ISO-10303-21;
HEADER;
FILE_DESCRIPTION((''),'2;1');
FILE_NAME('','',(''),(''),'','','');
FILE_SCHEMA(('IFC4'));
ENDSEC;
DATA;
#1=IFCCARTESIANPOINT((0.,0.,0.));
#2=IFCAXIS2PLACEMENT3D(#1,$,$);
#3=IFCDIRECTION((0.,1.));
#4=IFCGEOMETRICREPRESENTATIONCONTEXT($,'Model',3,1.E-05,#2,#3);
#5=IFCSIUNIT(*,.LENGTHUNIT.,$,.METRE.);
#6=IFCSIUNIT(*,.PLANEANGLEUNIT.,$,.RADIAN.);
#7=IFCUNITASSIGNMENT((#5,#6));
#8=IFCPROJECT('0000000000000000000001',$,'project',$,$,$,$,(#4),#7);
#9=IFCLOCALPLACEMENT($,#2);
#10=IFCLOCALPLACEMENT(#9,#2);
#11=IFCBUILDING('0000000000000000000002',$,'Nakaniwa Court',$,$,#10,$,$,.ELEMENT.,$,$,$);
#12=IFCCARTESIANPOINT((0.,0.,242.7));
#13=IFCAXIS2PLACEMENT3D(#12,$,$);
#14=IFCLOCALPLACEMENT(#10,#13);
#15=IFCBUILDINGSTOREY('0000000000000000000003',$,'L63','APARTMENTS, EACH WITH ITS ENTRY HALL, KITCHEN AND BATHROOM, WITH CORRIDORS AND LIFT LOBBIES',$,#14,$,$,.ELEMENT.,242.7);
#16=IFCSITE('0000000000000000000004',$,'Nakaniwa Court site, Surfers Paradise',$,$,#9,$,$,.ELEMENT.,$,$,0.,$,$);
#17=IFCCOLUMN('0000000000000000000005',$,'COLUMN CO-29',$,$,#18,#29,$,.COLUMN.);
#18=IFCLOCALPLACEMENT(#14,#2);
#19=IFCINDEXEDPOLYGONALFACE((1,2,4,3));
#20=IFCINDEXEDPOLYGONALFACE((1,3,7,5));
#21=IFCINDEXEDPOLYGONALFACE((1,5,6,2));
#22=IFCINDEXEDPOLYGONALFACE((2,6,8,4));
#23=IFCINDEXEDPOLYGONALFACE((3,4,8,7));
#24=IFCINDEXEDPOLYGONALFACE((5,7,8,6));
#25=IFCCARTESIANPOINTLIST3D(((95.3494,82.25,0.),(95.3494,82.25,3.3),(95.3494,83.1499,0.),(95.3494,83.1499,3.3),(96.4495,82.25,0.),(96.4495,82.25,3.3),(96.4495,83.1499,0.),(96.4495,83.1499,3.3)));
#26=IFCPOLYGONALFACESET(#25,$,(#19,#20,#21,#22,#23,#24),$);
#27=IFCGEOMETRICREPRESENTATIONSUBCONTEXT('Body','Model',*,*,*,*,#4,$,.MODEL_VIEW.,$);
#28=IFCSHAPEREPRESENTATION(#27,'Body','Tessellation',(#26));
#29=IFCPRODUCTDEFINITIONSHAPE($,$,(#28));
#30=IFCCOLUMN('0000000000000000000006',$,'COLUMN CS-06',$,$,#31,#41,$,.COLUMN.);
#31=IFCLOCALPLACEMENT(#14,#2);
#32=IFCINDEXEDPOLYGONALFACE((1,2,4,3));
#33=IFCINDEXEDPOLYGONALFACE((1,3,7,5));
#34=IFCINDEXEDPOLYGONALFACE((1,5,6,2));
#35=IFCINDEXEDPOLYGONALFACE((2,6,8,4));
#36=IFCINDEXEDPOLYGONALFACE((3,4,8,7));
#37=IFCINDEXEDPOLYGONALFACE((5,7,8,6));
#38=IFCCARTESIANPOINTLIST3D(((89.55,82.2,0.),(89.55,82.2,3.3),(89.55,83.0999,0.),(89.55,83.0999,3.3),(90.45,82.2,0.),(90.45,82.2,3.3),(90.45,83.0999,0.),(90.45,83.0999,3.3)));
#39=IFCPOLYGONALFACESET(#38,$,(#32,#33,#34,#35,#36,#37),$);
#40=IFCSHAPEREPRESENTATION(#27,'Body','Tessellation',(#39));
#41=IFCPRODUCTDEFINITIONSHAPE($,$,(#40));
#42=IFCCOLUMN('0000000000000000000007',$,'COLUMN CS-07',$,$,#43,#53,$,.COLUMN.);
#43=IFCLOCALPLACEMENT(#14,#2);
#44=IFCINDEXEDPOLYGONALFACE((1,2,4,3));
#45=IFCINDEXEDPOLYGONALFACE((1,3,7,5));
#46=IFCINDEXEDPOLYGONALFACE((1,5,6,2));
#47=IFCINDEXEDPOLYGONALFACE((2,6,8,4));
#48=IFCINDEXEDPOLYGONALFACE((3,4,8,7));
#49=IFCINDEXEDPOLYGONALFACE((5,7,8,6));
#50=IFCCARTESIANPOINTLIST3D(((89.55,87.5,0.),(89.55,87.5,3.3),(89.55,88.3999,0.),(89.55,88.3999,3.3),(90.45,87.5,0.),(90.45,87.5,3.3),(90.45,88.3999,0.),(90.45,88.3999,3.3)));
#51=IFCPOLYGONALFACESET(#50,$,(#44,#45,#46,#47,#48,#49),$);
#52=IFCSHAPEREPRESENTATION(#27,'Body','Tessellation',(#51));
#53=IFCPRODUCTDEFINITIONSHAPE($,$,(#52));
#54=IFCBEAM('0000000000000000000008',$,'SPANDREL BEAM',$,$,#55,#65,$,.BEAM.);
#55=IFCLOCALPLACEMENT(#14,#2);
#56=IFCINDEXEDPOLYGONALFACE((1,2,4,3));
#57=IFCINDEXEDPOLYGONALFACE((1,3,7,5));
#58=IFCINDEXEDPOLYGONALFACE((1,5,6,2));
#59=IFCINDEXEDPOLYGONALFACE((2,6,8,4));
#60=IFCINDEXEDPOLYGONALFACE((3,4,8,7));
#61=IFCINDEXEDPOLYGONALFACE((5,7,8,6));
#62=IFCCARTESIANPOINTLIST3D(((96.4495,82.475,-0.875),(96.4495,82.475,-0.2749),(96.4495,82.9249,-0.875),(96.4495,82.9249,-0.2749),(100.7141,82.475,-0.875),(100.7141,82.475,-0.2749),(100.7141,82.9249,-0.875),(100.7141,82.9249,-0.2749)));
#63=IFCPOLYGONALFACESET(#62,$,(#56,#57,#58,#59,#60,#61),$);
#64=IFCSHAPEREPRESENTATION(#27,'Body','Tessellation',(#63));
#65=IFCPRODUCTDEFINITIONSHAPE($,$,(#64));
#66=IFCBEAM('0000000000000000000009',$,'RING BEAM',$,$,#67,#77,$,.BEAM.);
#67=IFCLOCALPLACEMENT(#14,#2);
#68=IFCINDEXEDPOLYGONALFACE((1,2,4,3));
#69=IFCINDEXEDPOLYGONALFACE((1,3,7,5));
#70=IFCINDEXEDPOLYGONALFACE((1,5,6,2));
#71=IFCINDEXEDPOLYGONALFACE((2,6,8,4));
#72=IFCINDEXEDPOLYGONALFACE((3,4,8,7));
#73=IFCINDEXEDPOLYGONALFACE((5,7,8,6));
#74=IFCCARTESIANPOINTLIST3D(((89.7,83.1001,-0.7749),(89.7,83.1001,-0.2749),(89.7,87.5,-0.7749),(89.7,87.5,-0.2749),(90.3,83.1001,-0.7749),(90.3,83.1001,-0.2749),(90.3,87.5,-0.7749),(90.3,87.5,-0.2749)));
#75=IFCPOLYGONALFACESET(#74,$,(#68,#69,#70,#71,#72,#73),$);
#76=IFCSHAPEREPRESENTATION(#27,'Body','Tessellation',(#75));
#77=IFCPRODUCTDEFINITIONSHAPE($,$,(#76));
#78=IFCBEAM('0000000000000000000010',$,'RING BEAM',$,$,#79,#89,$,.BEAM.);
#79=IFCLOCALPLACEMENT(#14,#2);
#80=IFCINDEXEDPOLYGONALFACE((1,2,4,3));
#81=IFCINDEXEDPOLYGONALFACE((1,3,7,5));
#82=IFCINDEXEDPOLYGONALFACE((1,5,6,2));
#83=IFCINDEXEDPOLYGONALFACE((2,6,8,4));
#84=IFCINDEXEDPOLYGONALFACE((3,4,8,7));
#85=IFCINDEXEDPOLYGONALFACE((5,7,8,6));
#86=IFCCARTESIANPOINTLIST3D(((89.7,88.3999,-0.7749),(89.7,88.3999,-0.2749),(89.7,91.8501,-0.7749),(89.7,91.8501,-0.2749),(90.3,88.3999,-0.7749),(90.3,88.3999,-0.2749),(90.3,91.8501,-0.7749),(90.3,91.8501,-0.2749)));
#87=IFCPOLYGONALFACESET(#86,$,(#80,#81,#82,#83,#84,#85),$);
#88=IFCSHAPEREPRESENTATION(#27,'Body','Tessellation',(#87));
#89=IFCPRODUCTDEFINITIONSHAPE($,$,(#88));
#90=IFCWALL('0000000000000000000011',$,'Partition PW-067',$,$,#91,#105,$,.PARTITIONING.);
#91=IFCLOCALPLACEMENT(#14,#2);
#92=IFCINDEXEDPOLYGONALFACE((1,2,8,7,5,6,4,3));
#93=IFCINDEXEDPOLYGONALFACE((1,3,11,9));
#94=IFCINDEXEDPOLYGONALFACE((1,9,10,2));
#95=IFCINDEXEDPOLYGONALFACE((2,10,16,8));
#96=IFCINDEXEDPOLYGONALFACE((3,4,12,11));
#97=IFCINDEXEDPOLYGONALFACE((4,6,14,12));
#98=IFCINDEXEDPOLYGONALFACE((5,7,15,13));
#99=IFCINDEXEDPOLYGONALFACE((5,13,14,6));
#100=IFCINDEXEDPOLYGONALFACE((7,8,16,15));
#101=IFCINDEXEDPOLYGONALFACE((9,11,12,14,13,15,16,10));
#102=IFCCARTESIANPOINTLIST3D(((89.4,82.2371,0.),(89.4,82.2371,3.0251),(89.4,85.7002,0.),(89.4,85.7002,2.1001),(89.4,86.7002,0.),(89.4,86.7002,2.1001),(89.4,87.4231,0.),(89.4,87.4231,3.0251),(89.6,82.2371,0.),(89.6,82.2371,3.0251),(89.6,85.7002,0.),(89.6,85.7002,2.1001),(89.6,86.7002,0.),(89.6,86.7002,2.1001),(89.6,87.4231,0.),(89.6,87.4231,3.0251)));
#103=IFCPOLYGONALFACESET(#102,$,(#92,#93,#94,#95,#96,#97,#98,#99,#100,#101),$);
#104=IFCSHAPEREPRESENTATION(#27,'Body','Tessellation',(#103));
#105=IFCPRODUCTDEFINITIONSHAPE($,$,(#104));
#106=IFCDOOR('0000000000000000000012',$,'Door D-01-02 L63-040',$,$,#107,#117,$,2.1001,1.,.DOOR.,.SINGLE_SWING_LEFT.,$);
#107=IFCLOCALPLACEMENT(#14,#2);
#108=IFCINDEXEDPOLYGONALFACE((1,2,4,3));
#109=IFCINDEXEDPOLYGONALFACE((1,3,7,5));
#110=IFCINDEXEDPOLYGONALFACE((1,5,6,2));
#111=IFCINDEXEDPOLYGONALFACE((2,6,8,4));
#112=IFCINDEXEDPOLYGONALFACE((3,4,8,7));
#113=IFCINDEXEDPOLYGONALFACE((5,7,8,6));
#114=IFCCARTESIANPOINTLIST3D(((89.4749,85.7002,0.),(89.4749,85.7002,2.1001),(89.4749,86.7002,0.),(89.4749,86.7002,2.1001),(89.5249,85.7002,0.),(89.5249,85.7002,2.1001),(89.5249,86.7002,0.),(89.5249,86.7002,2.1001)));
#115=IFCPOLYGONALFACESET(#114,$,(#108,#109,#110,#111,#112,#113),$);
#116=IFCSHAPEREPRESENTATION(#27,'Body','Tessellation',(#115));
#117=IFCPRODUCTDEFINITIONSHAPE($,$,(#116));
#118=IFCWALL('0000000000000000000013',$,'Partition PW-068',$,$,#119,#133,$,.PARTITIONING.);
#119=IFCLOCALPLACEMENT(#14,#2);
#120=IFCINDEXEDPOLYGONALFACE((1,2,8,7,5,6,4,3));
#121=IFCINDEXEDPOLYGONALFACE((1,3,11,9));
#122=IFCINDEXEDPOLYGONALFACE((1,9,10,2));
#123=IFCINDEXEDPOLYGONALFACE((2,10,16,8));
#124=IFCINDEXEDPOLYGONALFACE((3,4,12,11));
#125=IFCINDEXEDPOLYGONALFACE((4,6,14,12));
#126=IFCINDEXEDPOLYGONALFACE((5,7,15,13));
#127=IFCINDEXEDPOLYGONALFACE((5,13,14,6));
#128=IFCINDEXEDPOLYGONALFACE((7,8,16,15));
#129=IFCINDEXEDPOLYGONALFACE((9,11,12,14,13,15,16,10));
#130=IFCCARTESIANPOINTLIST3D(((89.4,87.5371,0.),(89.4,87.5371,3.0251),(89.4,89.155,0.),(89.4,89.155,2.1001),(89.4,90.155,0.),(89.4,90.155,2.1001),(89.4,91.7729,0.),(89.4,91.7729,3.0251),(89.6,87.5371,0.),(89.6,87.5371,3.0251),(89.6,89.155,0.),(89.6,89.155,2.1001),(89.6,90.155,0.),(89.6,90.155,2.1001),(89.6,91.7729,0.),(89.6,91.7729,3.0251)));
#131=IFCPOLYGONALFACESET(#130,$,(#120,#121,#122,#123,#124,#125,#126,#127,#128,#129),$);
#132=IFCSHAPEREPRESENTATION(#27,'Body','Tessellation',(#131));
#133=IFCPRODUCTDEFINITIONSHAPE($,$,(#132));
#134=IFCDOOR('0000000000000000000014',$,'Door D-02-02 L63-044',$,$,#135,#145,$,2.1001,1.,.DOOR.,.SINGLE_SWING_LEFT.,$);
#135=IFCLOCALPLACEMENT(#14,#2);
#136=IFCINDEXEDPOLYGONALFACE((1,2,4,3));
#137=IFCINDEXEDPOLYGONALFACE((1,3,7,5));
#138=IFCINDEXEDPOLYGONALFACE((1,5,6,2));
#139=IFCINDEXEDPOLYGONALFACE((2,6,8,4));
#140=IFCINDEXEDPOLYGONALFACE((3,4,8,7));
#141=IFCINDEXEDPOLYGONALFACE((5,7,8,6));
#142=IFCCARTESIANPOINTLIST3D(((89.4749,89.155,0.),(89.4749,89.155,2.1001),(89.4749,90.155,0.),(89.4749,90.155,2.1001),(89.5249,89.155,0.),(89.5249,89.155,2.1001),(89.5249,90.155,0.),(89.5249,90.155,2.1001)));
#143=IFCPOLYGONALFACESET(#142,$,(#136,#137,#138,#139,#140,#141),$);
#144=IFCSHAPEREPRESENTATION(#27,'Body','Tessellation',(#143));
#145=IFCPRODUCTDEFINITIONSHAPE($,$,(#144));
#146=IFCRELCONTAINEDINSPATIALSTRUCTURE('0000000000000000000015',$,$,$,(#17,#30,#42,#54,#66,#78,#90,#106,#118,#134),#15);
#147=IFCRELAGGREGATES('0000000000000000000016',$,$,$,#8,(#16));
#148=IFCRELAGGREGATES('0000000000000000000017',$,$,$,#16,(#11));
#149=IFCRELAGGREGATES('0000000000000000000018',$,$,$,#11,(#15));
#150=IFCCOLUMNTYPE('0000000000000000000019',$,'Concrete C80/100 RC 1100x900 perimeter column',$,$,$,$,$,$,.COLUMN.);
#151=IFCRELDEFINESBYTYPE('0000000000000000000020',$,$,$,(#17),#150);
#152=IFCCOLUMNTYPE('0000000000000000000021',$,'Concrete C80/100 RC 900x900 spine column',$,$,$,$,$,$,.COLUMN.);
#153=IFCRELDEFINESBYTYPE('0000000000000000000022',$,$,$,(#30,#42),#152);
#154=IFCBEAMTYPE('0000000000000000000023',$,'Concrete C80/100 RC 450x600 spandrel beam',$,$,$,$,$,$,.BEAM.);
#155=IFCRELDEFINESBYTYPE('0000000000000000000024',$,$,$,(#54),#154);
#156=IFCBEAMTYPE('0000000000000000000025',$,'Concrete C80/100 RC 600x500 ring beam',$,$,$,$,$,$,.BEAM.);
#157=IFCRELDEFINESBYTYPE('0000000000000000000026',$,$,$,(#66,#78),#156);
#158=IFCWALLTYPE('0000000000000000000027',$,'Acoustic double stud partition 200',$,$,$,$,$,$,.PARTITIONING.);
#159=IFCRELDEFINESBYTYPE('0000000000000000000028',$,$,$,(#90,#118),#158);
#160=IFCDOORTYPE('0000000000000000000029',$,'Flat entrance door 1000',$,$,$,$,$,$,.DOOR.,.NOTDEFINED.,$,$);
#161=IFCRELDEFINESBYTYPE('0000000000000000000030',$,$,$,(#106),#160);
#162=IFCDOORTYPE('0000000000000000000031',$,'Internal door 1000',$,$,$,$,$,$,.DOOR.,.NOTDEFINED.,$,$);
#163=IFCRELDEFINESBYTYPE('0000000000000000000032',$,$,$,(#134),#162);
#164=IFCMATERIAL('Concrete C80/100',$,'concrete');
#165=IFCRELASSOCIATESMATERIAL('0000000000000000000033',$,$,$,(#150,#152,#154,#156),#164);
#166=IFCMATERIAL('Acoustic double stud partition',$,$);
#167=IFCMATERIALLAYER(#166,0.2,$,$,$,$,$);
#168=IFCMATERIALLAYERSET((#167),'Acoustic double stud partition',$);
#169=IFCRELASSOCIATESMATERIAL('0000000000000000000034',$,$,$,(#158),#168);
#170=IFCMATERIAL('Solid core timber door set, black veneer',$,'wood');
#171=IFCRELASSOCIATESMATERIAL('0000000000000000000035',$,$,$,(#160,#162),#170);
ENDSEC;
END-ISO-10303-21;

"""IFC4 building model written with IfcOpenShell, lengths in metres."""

from ifc_helpers import new_model, si_unit, direction, frame, frame_2d, origin, origin_2d, place, context, subcontext, project, spatial, rectangle, extrude, material, layer, layer_set, material_profile, profile_set, type_object, element, fill, save


model = new_model("IFC4")

# Units and contexts
model_context = context("Model", 3, precision=1e-05, world=origin(), true_north=direction((0.0, 1.0)))
body_context = subcontext(model_context, "Body", "Model", "MODEL_VIEW")
ifc_project = project(units=[si_unit("LENGTHUNIT", "METRE"), si_unit("PLANEANGLEUNIT", "RADIAN")], contexts=[model_context])

# Site, building, storey
site_placement = place(None, origin())
site = spatial("IfcSite", under=ifc_project, at=site_placement, Name="Nakaniwa Court site, Surfers Paradise", CompositionType="ELEMENT", RefElevation=0.0)
building_placement = place(site_placement, origin())
building = spatial("IfcBuilding", under=site, at=building_placement, Name="Nakaniwa Court", CompositionType="ELEMENT")
storey_placement = place(building_placement, frame((0.0, 0.0, 242.7)))
storey = spatial("IfcBuildingStorey", under=building, at=storey_placement, Name="L63", Description="APARTMENTS, EACH WITH ITS ENTRY HALL, KITCHEN AND BATHROOM, WITH CORRIDORS AND LIFT LOBBIES", CompositionType="ELEMENT", Elevation=242.7)

# Columns
ifc_material_1 = material(Name="Concrete C80/100", Category="concrete")
ifc_material_profile_1 = material_profile(ifc_material_1, rectangle(XDim=1.1001, YDim=0.8999, at=origin_2d()), Name="Concrete C80/100 RC 1100x900 perimeter column")
ifc_profile_set_1 = profile_set([ifc_material_profile_1], Name="Concrete C80/100")
column_type_1 = type_object("IfcColumnType", Name="Concrete C80/100 RC 1100x900 perimeter column", PredefinedType="COLUMN", material=ifc_profile_set_1)
column_placement = place(storey_placement, frame((95.8994, 82.7, 0.0), z_axis=(0.0, 0.0, 1.0), x_axis=(1.0, 0.0, 0.0)))
element("IfcColumn", 1, at=column_placement, inside=storey, type_object=column_type_1, Name="COLUMN CO-29", PredefinedType="COLUMN", context=body_context, shape_type="SweptSolid", body=[
    extrude(rectangle(XDim=1.1001, YDim=0.8999, at=origin_2d()), origin(), (0.0, 0.0, 1.0), 3.3),
])
ifc_material_profile_2 = material_profile(ifc_material_1, rectangle(XDim=0.8999, YDim=0.8999, at=origin_2d()), Name="Concrete C80/100 RC 900x900 spine column")
ifc_profile_set_2 = profile_set([ifc_material_profile_2], Name="Concrete C80/100")
column_type_2 = type_object("IfcColumnType", Name="Concrete C80/100 RC 900x900 spine column", PredefinedType="COLUMN", material=ifc_profile_set_2)
for number, where, z_axis, x_axis, name in (
    (2, (90.0, 82.6499, 0.0), (0.0, 0.0, 1.0), (0.0, 1.0, 0.0), "COLUMN CS-06"),
    (3, (90.0, 87.95, 0.0), (0.0, 0.0, 1.0), (0.0, 1.0, 0.0), "COLUMN CS-07"),
):
    element("IfcColumn", number, at=place(storey_placement, frame(where, z_axis=z_axis, x_axis=x_axis)), inside=storey, type_object=column_type_2, Name=name, PredefinedType="COLUMN", context=body_context, shape_type="SweptSolid", body=[
        extrude(rectangle(XDim=0.8999, YDim=0.8999, at=origin_2d()), origin(), (0.0, 0.0, 1.0), 3.3),
    ])

# Beams
ifc_material_profile_3 = material_profile(ifc_material_1, rectangle(XDim=0.45, YDim=0.6001, at=origin_2d()), Name="Concrete C80/100 RC 450x600 spandrel beam")
ifc_profile_set_3 = profile_set([ifc_material_profile_3], Name="Concrete C80/100")
beam_type_1 = type_object("IfcBeamType", Name="Concrete C80/100 RC 450x600 spandrel beam", PredefinedType="BEAM", material=ifc_profile_set_3)
beam_1_placement = place(storey_placement, frame((96.4495, 82.7, -0.575), z_axis=(1.0, 0.0, 0.0), x_axis=(0.0, 1.0, 0.0)))
element("IfcBeam", 4, at=beam_1_placement, inside=storey, type_object=beam_type_1, Name="SPANDREL BEAM", PredefinedType="BEAM", context=body_context, shape_type="SweptSolid", body=[
    extrude(rectangle(XDim=0.45, YDim=0.6001, at=origin_2d()), origin(), (0.0, 0.0, 1.0), 4.2646),
])
ifc_material_profile_4 = material_profile(ifc_material_1, rectangle(XDim=0.6001, YDim=0.5, at=origin_2d()), Name="Concrete C80/100 RC 600x500 ring beam")
ifc_profile_set_4 = profile_set([ifc_material_profile_4], Name="Concrete C80/100")
beam_type_2 = type_object("IfcBeamType", Name="Concrete C80/100 RC 600x500 ring beam", PredefinedType="BEAM", material=ifc_profile_set_4)
beam_2_placement = place(storey_placement, frame((90.0, 83.1001, -0.5249), z_axis=(0.0, 1.0, 0.0), x_axis=(-1.0, 0.0, 0.0)))
element("IfcBeam", 5, at=beam_2_placement, inside=storey, type_object=beam_type_2, Name="RING BEAM", PredefinedType="BEAM", context=body_context, shape_type="SweptSolid", body=[
    extrude(rectangle(XDim=0.6001, YDim=0.5, at=origin_2d()), origin(), (0.0, 0.0, 1.0), 4.3999),
])
beam_3_placement = place(storey_placement, frame((90.0, 88.3999, -0.5249), z_axis=(0.0, 1.0, 0.0), x_axis=(-1.0, 0.0, 0.0)))
element("IfcBeam", 6, at=beam_3_placement, inside=storey, type_object=beam_type_2, Name="RING BEAM", PredefinedType="BEAM", context=body_context, shape_type="SweptSolid", body=[
    extrude(rectangle(XDim=0.6001, YDim=0.5, at=origin_2d()), origin(), (0.0, 0.0, 1.0), 3.4502),
])

# Walls, openings, doors
ifc_material_2 = material(Name="Acoustic double stud partition")
ifc_layer_1 = layer(ifc_material_2, 0.2)
ifc_layer_set_1 = layer_set([ifc_layer_1], Name="Acoustic double stud partition")
wall_type_1 = type_object("IfcWallType", Name="Acoustic double stud partition 200", PredefinedType="PARTITIONING", material=ifc_layer_set_1)
wall_1_placement = place(storey_placement, frame((89.5, 87.4231, 0.0), z_axis=(0.0, 0.0, 1.0), x_axis=(0.0, -1.0, 0.0)))
wall_1 = element("IfcWall", 7, at=wall_1_placement, inside=storey, type_object=wall_type_1, Name="Partition PW-067", PredefinedType="PARTITIONING", context=body_context, shape_type="SweptSolid", body=[
    extrude(rectangle(XDim=5.186, YDim=0.2, at=frame_2d((2.593, 0.0))), origin(), (0.0, 0.0, 1.0), 3.0251),
])
opening_1_placement = place(wall_1_placement, frame((0.7229, 0.0, 0.0)))
opening_1 = element("IfcOpeningElement", 8, at=opening_1_placement, cuts=wall_1, PredefinedType="OPENING", context=body_context, shape_type="SweptSolid", body=[
    extrude(rectangle(XDim=1.0, YDim=2.1001, at=frame_2d((0.5, 1.05))), frame((0.0, 0.1099, 0.0), z_axis=(0.0, -1.0, 0.0), x_axis=(1.0, 0.0, 0.0)), (0.0, 0.0, 1.0), 0.22),
])
ifc_material_3 = material(Name="Solid core timber door set, black veneer", Category="wood")
door_type_1 = type_object("IfcDoorType", Name="Flat entrance door 1000", OperationType="NOTDEFINED", PredefinedType="DOOR", material=ifc_material_3)
door_1_placement = place(opening_1_placement, origin())
door_1 = element("IfcDoor", 9, at=door_1_placement, inside=storey, type_object=door_type_1, Name="Door D-01-02 L63-040", OperationType="SINGLE_SWING_LEFT", OverallHeight=2.1001, OverallWidth=1.0, PredefinedType="DOOR", context=body_context, shape_type="SweptSolid", body=[
    extrude(rectangle(XDim=1.0, YDim=2.1001, at=frame_2d((0.5, 1.05))), frame((0.0, 0.0249, 0.0), z_axis=(0.0, -1.0, 0.0), x_axis=(1.0, 0.0, 0.0)), (0.0, 0.0, 1.0), 0.05),
])
fill(opening_1, door_1)
wall_2_placement = place(storey_placement, frame((89.5, 91.7729, 0.0), z_axis=(0.0, 0.0, 1.0), x_axis=(0.0, -1.0, 0.0)))
wall_2 = element("IfcWall", 10, at=wall_2_placement, inside=storey, type_object=wall_type_1, Name="Partition PW-068", PredefinedType="PARTITIONING", context=body_context, shape_type="SweptSolid", body=[
    extrude(rectangle(XDim=4.2358, YDim=0.2, at=frame_2d((2.1179, 0.0))), origin(), (0.0, 0.0, 1.0), 3.0251),
])
opening_2_placement = place(wall_2_placement, frame((1.6179, 0.0, 0.0)))
opening_2 = element("IfcOpeningElement", 11, at=opening_2_placement, cuts=wall_2, PredefinedType="OPENING", context=body_context, shape_type="SweptSolid", body=[
    extrude(rectangle(XDim=1.0, YDim=2.1001, at=frame_2d((0.5, 1.05))), frame((0.0, 0.1099, 0.0), z_axis=(0.0, -1.0, 0.0), x_axis=(1.0, 0.0, 0.0)), (0.0, 0.0, 1.0), 0.22),
])
door_type_2 = type_object("IfcDoorType", Name="Internal door 1000", OperationType="NOTDEFINED", PredefinedType="DOOR", material=ifc_material_3)
door_2_placement = place(opening_2_placement, origin())
door_2 = element("IfcDoor", 12, at=door_2_placement, inside=storey, type_object=door_type_2, Name="Door D-02-02 L63-044", OperationType="SINGLE_SWING_LEFT", OverallHeight=2.1001, OverallWidth=1.0, PredefinedType="DOOR", context=body_context, shape_type="SweptSolid", body=[
    extrude(rectangle(XDim=1.0, YDim=2.1001, at=frame_2d((0.5, 1.05))), frame((0.0, 0.0249, 0.0), z_axis=(0.0, -1.0, 0.0), x_axis=(1.0, 0.0, 0.0)), (0.0, 0.0, 1.0), 0.05),
])
fill(opening_2, door_2)

save(model, "model.ifc")
